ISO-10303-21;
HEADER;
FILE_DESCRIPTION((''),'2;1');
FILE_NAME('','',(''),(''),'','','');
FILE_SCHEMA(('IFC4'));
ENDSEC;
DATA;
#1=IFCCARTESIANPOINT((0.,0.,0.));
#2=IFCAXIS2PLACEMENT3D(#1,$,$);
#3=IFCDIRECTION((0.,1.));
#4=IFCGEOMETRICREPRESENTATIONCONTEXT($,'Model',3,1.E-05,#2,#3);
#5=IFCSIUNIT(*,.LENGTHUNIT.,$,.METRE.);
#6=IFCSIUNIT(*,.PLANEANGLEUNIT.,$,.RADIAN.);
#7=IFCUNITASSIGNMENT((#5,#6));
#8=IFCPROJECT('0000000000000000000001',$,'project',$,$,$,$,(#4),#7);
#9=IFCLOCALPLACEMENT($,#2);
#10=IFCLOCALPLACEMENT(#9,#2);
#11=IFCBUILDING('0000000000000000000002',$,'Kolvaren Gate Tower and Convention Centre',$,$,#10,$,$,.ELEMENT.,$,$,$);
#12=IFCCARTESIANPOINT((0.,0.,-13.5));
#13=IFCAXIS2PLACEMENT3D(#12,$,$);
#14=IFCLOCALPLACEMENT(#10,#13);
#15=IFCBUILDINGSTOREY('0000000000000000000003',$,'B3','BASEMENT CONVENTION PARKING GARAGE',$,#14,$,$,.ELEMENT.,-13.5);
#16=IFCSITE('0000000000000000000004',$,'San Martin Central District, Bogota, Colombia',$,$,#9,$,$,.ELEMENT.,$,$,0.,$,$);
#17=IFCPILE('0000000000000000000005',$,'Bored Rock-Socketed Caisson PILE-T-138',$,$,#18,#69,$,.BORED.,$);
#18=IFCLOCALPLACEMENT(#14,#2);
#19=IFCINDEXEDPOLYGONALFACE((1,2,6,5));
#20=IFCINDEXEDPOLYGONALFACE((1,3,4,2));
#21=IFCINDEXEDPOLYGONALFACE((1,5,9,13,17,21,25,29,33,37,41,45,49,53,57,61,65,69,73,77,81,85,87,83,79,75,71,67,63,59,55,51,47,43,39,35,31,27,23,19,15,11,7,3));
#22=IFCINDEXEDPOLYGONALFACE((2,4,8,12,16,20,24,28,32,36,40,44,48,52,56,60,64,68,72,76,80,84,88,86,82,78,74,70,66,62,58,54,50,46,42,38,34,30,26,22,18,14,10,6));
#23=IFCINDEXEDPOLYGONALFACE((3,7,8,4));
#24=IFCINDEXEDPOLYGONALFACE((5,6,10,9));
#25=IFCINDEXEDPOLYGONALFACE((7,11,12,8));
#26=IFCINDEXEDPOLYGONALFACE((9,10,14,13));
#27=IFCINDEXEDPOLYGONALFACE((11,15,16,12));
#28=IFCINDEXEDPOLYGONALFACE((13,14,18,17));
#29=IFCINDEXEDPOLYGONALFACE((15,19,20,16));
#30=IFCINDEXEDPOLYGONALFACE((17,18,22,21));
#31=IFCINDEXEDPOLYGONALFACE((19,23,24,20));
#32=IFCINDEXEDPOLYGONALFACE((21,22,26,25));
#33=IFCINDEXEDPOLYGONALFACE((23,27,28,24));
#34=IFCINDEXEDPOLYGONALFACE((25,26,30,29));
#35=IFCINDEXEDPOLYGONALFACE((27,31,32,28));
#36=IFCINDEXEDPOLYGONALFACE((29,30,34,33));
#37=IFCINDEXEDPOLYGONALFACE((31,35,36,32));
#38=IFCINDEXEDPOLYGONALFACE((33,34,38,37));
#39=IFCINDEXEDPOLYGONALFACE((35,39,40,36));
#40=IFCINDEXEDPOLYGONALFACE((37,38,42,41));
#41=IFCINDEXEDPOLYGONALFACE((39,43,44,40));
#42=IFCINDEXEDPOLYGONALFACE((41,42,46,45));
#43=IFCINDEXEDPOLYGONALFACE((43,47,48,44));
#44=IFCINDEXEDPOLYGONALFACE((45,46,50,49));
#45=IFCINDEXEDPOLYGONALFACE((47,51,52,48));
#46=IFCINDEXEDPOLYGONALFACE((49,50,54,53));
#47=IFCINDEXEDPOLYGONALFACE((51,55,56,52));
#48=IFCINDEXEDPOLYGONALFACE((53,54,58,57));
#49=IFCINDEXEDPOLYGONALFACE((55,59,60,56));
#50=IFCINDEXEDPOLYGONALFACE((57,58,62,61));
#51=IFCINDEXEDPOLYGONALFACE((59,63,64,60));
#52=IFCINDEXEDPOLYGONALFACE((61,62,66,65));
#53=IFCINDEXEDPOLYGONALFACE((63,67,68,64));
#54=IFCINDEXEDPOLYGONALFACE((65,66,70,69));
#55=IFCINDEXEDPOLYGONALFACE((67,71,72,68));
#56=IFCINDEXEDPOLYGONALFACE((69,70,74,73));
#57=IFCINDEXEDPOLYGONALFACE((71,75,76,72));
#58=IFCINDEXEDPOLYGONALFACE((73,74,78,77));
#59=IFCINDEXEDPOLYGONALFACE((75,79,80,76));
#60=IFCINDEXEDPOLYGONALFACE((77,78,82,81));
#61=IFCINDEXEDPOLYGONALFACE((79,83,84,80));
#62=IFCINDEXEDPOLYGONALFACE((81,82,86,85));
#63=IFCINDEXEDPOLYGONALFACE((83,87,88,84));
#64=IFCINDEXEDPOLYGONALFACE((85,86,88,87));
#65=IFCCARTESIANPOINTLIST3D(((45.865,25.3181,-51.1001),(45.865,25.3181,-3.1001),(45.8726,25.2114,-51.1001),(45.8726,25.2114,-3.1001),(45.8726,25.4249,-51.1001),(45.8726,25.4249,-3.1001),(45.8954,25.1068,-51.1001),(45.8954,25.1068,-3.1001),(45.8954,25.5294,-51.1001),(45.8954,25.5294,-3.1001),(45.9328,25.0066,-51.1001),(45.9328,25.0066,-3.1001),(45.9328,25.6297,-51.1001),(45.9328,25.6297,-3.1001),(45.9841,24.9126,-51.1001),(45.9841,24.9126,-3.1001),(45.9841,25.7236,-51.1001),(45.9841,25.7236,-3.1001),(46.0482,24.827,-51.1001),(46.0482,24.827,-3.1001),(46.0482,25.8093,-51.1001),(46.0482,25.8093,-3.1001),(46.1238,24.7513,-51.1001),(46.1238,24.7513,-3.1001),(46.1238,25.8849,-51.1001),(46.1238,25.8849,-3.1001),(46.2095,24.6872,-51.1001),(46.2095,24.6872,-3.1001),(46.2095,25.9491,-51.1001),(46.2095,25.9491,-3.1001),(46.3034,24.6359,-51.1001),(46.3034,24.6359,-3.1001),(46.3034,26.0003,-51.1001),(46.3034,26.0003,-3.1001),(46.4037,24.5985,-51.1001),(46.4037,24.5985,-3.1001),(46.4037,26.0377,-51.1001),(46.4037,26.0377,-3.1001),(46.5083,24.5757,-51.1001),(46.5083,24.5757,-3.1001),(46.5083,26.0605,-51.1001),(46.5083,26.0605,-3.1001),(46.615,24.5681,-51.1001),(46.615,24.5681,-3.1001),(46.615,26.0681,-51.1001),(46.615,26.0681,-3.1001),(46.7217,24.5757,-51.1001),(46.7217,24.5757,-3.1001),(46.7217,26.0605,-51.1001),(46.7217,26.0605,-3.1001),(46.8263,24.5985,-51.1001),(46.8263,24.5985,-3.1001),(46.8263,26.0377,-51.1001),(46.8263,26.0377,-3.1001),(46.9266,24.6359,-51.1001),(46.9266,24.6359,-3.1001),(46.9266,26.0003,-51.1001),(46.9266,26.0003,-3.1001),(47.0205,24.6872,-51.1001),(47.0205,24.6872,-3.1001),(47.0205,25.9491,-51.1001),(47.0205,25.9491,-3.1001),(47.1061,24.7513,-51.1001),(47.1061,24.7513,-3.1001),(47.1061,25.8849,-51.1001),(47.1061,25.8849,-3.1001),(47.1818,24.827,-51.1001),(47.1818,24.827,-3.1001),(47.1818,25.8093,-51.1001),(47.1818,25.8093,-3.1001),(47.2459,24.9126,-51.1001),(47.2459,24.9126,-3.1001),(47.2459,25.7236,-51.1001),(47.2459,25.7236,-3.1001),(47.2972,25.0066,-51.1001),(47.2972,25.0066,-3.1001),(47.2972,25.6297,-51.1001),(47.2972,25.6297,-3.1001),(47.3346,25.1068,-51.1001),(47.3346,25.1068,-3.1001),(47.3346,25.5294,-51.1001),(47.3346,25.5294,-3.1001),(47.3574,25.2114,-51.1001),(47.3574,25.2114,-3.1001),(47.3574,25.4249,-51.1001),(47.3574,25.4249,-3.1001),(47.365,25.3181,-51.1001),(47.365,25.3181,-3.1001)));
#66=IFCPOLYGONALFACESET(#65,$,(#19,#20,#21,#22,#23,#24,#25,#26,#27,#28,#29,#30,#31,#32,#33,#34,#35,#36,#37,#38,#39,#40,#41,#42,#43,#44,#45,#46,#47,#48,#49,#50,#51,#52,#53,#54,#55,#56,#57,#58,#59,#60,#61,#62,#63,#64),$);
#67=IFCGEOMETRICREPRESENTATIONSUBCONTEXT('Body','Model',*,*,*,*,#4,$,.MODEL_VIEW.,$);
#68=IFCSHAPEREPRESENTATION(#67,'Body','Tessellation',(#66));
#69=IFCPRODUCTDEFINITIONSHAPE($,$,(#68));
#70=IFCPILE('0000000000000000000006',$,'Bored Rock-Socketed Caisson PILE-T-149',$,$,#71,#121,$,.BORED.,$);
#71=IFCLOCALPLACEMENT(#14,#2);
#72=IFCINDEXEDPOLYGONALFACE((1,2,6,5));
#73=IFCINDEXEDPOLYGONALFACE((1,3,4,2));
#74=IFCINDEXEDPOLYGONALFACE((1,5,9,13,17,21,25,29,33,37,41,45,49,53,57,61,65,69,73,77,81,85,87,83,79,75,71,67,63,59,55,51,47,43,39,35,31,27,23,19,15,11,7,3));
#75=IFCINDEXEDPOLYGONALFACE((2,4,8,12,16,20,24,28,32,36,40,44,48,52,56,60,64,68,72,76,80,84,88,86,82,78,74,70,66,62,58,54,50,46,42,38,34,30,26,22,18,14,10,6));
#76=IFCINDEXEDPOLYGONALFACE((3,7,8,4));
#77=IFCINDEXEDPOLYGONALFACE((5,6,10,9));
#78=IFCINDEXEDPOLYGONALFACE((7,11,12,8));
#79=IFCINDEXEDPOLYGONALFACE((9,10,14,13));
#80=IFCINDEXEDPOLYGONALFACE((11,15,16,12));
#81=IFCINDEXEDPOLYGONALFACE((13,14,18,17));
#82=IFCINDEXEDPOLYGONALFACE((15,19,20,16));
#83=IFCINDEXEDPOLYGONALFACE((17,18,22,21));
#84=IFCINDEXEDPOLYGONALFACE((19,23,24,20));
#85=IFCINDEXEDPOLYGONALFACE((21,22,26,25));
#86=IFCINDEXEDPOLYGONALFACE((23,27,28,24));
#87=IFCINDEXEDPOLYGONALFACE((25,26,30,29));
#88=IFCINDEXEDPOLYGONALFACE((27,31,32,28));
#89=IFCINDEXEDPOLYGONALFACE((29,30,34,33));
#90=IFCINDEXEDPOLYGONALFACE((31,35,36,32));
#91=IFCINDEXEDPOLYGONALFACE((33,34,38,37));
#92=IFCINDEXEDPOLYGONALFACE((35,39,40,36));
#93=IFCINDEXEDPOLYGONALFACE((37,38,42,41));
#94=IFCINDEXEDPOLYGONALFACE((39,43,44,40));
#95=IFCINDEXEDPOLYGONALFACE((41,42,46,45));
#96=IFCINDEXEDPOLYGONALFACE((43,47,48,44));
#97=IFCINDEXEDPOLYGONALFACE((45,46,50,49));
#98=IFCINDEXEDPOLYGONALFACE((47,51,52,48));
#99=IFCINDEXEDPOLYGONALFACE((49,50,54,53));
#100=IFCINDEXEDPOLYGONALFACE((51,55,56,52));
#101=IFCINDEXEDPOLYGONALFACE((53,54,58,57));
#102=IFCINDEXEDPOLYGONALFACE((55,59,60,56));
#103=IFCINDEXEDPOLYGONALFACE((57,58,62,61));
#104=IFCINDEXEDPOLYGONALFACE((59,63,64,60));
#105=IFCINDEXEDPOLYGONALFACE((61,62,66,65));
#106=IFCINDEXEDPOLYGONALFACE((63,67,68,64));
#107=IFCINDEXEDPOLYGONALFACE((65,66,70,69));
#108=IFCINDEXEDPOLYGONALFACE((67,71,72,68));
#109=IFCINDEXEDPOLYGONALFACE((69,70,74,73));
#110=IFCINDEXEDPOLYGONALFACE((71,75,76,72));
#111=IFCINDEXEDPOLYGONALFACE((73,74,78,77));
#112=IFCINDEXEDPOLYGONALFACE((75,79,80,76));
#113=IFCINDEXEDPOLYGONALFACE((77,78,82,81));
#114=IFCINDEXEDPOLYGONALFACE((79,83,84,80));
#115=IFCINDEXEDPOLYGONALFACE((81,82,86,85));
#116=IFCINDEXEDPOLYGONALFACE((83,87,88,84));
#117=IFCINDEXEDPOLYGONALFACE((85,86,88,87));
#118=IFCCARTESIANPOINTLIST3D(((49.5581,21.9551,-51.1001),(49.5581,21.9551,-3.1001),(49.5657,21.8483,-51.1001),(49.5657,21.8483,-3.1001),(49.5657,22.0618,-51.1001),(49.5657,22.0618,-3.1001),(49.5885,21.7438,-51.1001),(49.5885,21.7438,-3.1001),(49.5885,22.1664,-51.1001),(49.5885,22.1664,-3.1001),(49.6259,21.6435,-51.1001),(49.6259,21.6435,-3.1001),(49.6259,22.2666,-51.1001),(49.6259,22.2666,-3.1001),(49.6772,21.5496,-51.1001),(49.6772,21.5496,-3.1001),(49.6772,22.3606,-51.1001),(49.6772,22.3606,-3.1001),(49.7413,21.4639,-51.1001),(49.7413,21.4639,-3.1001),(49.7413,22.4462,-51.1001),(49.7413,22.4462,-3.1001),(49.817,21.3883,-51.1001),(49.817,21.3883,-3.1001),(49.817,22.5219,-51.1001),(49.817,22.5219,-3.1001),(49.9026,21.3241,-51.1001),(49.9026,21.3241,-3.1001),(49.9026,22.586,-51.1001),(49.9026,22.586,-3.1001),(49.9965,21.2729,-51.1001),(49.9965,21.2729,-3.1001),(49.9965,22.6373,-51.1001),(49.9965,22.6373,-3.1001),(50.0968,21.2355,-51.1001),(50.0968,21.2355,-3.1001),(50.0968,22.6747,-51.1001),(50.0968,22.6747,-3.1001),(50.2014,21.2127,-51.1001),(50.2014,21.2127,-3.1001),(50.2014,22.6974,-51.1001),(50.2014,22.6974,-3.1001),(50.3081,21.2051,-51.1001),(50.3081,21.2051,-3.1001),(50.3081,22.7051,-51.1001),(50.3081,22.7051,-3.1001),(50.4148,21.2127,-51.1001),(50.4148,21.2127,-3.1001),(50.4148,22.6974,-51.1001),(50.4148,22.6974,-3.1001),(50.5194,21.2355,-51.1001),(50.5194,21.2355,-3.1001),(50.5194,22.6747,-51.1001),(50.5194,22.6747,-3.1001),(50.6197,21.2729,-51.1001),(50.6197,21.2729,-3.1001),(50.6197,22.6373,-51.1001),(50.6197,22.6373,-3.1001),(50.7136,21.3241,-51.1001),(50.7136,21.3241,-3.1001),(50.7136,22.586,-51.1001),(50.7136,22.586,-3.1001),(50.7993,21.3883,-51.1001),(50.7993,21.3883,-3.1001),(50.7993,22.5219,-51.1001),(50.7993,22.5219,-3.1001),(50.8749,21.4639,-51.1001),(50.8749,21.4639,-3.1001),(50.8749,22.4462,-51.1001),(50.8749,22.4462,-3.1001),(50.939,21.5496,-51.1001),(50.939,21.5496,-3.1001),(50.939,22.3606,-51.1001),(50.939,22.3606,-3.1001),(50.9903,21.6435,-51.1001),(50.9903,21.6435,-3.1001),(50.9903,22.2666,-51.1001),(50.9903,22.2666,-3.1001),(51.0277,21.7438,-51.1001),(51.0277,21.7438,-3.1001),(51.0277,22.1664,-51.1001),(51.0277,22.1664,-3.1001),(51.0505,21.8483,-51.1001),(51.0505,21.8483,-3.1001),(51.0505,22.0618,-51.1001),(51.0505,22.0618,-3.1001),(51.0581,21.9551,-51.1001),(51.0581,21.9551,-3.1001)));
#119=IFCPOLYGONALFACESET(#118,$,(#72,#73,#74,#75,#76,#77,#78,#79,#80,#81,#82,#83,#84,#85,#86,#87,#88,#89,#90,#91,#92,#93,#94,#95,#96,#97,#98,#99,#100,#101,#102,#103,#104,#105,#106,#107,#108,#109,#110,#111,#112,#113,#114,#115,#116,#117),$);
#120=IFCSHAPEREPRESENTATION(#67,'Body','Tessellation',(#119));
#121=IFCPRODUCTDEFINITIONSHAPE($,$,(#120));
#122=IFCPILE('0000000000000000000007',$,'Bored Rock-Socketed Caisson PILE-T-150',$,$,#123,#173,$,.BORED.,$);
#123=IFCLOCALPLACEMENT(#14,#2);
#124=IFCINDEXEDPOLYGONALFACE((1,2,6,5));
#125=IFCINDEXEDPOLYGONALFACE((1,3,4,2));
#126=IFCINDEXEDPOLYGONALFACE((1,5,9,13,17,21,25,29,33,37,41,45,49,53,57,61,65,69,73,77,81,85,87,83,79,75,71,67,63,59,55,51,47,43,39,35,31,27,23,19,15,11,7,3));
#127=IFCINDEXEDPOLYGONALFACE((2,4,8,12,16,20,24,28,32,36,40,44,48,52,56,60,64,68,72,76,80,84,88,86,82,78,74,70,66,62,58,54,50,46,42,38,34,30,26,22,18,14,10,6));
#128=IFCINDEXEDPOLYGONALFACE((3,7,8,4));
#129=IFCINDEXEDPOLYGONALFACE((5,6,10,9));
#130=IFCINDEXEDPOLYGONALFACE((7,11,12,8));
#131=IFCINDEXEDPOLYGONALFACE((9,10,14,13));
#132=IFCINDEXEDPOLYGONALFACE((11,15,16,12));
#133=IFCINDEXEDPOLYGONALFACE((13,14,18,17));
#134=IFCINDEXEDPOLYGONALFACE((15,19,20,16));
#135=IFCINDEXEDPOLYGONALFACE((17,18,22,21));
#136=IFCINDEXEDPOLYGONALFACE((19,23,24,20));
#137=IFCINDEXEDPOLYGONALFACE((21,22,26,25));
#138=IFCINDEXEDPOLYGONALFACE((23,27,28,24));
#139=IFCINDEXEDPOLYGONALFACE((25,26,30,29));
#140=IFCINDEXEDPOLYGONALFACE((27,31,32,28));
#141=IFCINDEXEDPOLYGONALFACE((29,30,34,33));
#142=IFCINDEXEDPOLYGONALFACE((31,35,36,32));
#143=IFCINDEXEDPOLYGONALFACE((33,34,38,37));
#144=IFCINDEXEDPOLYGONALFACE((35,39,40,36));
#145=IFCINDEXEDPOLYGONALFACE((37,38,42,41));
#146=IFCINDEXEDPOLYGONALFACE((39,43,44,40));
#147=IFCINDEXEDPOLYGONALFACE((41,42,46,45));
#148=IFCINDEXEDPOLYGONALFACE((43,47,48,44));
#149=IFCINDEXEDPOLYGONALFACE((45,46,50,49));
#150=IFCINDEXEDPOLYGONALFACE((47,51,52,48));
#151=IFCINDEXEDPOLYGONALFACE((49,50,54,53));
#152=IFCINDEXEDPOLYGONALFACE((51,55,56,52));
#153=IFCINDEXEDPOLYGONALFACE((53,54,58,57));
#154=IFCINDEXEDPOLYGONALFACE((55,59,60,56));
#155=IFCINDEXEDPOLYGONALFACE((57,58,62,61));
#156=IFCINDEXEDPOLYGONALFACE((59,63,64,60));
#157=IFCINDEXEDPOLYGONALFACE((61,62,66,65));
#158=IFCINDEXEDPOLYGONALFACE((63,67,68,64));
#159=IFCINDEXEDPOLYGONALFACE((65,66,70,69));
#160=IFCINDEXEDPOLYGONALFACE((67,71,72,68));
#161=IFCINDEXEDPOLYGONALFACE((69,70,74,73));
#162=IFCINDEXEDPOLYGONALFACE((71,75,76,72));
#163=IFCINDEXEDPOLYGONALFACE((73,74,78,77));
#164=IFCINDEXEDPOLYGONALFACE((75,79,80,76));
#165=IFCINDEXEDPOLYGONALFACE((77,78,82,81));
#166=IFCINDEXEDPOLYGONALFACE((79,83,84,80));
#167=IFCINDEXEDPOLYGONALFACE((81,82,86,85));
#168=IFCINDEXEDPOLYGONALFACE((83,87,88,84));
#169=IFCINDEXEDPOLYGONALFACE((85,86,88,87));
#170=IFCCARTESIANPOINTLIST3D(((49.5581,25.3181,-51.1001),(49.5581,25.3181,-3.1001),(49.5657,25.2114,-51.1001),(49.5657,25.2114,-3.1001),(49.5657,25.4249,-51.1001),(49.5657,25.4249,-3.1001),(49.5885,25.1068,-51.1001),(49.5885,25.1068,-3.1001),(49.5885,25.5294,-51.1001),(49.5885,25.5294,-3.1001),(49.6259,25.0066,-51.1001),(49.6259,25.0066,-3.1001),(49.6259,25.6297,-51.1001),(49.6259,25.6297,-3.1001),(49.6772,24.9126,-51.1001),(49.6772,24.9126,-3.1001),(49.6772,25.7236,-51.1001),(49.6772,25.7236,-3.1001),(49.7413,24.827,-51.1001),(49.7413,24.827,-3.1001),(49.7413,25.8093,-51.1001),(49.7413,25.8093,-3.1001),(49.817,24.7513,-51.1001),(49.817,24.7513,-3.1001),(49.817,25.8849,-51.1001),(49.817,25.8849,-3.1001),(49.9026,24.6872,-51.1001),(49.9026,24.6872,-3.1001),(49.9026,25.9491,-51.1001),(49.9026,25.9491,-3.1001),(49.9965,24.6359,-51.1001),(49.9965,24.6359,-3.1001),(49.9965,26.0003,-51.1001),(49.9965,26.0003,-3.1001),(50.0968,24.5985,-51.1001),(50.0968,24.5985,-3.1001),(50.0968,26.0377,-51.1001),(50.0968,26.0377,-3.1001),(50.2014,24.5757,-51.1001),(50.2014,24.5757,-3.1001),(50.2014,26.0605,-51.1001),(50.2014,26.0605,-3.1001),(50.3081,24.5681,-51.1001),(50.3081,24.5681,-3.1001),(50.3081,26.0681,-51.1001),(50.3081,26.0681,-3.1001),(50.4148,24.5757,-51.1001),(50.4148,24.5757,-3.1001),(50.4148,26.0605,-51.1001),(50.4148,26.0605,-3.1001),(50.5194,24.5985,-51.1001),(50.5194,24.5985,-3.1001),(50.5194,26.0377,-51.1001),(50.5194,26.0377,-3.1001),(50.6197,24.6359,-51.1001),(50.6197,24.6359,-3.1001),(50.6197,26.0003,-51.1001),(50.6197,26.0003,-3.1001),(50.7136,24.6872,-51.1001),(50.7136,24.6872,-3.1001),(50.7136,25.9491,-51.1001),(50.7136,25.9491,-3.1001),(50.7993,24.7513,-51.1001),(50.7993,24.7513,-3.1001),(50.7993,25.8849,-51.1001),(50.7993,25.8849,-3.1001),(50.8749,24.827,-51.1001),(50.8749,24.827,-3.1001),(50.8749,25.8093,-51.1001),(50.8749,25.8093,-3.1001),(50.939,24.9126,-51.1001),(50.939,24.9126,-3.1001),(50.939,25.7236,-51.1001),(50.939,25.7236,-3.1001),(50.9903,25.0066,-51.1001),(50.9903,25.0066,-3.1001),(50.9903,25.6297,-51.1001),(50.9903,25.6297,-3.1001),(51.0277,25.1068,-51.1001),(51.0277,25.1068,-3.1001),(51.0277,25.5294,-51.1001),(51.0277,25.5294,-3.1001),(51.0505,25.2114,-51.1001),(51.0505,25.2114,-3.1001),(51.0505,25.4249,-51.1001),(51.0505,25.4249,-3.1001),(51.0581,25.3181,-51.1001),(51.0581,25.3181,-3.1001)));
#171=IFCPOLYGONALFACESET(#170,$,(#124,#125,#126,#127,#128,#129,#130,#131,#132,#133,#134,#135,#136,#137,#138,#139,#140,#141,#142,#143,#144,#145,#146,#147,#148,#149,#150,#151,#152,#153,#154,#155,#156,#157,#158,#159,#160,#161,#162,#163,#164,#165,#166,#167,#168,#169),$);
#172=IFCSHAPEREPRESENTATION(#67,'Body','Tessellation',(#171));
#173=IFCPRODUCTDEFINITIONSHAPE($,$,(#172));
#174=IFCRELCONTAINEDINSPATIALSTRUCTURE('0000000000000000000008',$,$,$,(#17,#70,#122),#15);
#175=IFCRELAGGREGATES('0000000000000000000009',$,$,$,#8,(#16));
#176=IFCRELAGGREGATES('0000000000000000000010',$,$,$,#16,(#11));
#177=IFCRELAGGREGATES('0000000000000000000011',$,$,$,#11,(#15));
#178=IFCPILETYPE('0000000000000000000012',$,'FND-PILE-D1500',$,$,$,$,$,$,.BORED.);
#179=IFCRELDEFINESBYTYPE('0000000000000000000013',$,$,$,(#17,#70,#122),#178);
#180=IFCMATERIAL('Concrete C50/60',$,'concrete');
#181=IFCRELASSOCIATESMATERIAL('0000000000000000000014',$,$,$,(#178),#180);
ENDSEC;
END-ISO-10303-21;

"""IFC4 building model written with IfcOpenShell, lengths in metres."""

from ifc_helpers import new_model, si_unit, direction, frame, origin, origin_2d, place, context, subcontext, project, spatial, circle, extrude, material, material_profile, profile_set, type_object, element, save


model = new_model("IFC4")

# Units and contexts
model_context = context("Model", 3, precision=1e-05, world=origin(), true_north=direction((0.0, 1.0)))
body_context = subcontext(model_context, "Body", "Model", "MODEL_VIEW")
ifc_project = project(units=[si_unit("LENGTHUNIT", "METRE"), si_unit("PLANEANGLEUNIT", "RADIAN")], contexts=[model_context])

# Site, building, storey
site_placement = place(None, origin())
site = spatial("IfcSite", under=ifc_project, at=site_placement, Name="San Martin Central District, Bogota, Colombia", CompositionType="ELEMENT", RefElevation=0.0)
building_placement = place(site_placement, origin())
building = spatial("IfcBuilding", under=site, at=building_placement, Name="Kolvaren Gate Tower and Convention Centre", CompositionType="ELEMENT")
storey_placement = place(building_placement, frame((0.0, 0.0, -13.5)))
storey = spatial("IfcBuildingStorey", under=building, at=storey_placement, Name="B3", Description="BASEMENT CONVENTION PARKING GARAGE", CompositionType="ELEMENT", Elevation=-13.5)

# Shared definitions
ifc_material_1 = material(Name="Concrete C50/60", Category="concrete")

# Piles
ifc_material_profile_1 = material_profile(ifc_material_1, circle(Radius=0.75, at=origin_2d()), Name="CAISSON-D1500")
ifc_profile_set_1 = profile_set([ifc_material_profile_1], Name="Concrete C50/60")
pile_type = type_object("IfcPileType", Name="FND-PILE-D1500", PredefinedType="BORED", material=ifc_profile_set_1)
for number, where, z_axis, x_axis, name in (
    (1, (46.615, 25.3181, -3.1001), (0.0, 0.0, -1.0), (1.0, 0.0, 0.0), "Bored Rock-Socketed Caisson PILE-T-138"),
    (2, (50.3081, 21.9551, -3.1001), (0.0, 0.0, -1.0), (1.0, 0.0, 0.0), "Bored Rock-Socketed Caisson PILE-T-149"),
    (3, (50.3081, 25.3181, -3.1001), (0.0, 0.0, -1.0), (1.0, 0.0, 0.0), "Bored Rock-Socketed Caisson PILE-T-150"),
):
    element("IfcPile", number, at=place(storey_placement, frame(where, z_axis=z_axis, x_axis=x_axis)), inside=storey, type_object=pile_type, Name=name, PredefinedType="BORED", context=body_context, shape_type="SweptSolid", body=[
        extrude(circle(Radius=0.75, at=origin_2d()), origin(), (0.0, 0.0, 1.0), 48.0),
    ])

save(model, "model.ifc")
